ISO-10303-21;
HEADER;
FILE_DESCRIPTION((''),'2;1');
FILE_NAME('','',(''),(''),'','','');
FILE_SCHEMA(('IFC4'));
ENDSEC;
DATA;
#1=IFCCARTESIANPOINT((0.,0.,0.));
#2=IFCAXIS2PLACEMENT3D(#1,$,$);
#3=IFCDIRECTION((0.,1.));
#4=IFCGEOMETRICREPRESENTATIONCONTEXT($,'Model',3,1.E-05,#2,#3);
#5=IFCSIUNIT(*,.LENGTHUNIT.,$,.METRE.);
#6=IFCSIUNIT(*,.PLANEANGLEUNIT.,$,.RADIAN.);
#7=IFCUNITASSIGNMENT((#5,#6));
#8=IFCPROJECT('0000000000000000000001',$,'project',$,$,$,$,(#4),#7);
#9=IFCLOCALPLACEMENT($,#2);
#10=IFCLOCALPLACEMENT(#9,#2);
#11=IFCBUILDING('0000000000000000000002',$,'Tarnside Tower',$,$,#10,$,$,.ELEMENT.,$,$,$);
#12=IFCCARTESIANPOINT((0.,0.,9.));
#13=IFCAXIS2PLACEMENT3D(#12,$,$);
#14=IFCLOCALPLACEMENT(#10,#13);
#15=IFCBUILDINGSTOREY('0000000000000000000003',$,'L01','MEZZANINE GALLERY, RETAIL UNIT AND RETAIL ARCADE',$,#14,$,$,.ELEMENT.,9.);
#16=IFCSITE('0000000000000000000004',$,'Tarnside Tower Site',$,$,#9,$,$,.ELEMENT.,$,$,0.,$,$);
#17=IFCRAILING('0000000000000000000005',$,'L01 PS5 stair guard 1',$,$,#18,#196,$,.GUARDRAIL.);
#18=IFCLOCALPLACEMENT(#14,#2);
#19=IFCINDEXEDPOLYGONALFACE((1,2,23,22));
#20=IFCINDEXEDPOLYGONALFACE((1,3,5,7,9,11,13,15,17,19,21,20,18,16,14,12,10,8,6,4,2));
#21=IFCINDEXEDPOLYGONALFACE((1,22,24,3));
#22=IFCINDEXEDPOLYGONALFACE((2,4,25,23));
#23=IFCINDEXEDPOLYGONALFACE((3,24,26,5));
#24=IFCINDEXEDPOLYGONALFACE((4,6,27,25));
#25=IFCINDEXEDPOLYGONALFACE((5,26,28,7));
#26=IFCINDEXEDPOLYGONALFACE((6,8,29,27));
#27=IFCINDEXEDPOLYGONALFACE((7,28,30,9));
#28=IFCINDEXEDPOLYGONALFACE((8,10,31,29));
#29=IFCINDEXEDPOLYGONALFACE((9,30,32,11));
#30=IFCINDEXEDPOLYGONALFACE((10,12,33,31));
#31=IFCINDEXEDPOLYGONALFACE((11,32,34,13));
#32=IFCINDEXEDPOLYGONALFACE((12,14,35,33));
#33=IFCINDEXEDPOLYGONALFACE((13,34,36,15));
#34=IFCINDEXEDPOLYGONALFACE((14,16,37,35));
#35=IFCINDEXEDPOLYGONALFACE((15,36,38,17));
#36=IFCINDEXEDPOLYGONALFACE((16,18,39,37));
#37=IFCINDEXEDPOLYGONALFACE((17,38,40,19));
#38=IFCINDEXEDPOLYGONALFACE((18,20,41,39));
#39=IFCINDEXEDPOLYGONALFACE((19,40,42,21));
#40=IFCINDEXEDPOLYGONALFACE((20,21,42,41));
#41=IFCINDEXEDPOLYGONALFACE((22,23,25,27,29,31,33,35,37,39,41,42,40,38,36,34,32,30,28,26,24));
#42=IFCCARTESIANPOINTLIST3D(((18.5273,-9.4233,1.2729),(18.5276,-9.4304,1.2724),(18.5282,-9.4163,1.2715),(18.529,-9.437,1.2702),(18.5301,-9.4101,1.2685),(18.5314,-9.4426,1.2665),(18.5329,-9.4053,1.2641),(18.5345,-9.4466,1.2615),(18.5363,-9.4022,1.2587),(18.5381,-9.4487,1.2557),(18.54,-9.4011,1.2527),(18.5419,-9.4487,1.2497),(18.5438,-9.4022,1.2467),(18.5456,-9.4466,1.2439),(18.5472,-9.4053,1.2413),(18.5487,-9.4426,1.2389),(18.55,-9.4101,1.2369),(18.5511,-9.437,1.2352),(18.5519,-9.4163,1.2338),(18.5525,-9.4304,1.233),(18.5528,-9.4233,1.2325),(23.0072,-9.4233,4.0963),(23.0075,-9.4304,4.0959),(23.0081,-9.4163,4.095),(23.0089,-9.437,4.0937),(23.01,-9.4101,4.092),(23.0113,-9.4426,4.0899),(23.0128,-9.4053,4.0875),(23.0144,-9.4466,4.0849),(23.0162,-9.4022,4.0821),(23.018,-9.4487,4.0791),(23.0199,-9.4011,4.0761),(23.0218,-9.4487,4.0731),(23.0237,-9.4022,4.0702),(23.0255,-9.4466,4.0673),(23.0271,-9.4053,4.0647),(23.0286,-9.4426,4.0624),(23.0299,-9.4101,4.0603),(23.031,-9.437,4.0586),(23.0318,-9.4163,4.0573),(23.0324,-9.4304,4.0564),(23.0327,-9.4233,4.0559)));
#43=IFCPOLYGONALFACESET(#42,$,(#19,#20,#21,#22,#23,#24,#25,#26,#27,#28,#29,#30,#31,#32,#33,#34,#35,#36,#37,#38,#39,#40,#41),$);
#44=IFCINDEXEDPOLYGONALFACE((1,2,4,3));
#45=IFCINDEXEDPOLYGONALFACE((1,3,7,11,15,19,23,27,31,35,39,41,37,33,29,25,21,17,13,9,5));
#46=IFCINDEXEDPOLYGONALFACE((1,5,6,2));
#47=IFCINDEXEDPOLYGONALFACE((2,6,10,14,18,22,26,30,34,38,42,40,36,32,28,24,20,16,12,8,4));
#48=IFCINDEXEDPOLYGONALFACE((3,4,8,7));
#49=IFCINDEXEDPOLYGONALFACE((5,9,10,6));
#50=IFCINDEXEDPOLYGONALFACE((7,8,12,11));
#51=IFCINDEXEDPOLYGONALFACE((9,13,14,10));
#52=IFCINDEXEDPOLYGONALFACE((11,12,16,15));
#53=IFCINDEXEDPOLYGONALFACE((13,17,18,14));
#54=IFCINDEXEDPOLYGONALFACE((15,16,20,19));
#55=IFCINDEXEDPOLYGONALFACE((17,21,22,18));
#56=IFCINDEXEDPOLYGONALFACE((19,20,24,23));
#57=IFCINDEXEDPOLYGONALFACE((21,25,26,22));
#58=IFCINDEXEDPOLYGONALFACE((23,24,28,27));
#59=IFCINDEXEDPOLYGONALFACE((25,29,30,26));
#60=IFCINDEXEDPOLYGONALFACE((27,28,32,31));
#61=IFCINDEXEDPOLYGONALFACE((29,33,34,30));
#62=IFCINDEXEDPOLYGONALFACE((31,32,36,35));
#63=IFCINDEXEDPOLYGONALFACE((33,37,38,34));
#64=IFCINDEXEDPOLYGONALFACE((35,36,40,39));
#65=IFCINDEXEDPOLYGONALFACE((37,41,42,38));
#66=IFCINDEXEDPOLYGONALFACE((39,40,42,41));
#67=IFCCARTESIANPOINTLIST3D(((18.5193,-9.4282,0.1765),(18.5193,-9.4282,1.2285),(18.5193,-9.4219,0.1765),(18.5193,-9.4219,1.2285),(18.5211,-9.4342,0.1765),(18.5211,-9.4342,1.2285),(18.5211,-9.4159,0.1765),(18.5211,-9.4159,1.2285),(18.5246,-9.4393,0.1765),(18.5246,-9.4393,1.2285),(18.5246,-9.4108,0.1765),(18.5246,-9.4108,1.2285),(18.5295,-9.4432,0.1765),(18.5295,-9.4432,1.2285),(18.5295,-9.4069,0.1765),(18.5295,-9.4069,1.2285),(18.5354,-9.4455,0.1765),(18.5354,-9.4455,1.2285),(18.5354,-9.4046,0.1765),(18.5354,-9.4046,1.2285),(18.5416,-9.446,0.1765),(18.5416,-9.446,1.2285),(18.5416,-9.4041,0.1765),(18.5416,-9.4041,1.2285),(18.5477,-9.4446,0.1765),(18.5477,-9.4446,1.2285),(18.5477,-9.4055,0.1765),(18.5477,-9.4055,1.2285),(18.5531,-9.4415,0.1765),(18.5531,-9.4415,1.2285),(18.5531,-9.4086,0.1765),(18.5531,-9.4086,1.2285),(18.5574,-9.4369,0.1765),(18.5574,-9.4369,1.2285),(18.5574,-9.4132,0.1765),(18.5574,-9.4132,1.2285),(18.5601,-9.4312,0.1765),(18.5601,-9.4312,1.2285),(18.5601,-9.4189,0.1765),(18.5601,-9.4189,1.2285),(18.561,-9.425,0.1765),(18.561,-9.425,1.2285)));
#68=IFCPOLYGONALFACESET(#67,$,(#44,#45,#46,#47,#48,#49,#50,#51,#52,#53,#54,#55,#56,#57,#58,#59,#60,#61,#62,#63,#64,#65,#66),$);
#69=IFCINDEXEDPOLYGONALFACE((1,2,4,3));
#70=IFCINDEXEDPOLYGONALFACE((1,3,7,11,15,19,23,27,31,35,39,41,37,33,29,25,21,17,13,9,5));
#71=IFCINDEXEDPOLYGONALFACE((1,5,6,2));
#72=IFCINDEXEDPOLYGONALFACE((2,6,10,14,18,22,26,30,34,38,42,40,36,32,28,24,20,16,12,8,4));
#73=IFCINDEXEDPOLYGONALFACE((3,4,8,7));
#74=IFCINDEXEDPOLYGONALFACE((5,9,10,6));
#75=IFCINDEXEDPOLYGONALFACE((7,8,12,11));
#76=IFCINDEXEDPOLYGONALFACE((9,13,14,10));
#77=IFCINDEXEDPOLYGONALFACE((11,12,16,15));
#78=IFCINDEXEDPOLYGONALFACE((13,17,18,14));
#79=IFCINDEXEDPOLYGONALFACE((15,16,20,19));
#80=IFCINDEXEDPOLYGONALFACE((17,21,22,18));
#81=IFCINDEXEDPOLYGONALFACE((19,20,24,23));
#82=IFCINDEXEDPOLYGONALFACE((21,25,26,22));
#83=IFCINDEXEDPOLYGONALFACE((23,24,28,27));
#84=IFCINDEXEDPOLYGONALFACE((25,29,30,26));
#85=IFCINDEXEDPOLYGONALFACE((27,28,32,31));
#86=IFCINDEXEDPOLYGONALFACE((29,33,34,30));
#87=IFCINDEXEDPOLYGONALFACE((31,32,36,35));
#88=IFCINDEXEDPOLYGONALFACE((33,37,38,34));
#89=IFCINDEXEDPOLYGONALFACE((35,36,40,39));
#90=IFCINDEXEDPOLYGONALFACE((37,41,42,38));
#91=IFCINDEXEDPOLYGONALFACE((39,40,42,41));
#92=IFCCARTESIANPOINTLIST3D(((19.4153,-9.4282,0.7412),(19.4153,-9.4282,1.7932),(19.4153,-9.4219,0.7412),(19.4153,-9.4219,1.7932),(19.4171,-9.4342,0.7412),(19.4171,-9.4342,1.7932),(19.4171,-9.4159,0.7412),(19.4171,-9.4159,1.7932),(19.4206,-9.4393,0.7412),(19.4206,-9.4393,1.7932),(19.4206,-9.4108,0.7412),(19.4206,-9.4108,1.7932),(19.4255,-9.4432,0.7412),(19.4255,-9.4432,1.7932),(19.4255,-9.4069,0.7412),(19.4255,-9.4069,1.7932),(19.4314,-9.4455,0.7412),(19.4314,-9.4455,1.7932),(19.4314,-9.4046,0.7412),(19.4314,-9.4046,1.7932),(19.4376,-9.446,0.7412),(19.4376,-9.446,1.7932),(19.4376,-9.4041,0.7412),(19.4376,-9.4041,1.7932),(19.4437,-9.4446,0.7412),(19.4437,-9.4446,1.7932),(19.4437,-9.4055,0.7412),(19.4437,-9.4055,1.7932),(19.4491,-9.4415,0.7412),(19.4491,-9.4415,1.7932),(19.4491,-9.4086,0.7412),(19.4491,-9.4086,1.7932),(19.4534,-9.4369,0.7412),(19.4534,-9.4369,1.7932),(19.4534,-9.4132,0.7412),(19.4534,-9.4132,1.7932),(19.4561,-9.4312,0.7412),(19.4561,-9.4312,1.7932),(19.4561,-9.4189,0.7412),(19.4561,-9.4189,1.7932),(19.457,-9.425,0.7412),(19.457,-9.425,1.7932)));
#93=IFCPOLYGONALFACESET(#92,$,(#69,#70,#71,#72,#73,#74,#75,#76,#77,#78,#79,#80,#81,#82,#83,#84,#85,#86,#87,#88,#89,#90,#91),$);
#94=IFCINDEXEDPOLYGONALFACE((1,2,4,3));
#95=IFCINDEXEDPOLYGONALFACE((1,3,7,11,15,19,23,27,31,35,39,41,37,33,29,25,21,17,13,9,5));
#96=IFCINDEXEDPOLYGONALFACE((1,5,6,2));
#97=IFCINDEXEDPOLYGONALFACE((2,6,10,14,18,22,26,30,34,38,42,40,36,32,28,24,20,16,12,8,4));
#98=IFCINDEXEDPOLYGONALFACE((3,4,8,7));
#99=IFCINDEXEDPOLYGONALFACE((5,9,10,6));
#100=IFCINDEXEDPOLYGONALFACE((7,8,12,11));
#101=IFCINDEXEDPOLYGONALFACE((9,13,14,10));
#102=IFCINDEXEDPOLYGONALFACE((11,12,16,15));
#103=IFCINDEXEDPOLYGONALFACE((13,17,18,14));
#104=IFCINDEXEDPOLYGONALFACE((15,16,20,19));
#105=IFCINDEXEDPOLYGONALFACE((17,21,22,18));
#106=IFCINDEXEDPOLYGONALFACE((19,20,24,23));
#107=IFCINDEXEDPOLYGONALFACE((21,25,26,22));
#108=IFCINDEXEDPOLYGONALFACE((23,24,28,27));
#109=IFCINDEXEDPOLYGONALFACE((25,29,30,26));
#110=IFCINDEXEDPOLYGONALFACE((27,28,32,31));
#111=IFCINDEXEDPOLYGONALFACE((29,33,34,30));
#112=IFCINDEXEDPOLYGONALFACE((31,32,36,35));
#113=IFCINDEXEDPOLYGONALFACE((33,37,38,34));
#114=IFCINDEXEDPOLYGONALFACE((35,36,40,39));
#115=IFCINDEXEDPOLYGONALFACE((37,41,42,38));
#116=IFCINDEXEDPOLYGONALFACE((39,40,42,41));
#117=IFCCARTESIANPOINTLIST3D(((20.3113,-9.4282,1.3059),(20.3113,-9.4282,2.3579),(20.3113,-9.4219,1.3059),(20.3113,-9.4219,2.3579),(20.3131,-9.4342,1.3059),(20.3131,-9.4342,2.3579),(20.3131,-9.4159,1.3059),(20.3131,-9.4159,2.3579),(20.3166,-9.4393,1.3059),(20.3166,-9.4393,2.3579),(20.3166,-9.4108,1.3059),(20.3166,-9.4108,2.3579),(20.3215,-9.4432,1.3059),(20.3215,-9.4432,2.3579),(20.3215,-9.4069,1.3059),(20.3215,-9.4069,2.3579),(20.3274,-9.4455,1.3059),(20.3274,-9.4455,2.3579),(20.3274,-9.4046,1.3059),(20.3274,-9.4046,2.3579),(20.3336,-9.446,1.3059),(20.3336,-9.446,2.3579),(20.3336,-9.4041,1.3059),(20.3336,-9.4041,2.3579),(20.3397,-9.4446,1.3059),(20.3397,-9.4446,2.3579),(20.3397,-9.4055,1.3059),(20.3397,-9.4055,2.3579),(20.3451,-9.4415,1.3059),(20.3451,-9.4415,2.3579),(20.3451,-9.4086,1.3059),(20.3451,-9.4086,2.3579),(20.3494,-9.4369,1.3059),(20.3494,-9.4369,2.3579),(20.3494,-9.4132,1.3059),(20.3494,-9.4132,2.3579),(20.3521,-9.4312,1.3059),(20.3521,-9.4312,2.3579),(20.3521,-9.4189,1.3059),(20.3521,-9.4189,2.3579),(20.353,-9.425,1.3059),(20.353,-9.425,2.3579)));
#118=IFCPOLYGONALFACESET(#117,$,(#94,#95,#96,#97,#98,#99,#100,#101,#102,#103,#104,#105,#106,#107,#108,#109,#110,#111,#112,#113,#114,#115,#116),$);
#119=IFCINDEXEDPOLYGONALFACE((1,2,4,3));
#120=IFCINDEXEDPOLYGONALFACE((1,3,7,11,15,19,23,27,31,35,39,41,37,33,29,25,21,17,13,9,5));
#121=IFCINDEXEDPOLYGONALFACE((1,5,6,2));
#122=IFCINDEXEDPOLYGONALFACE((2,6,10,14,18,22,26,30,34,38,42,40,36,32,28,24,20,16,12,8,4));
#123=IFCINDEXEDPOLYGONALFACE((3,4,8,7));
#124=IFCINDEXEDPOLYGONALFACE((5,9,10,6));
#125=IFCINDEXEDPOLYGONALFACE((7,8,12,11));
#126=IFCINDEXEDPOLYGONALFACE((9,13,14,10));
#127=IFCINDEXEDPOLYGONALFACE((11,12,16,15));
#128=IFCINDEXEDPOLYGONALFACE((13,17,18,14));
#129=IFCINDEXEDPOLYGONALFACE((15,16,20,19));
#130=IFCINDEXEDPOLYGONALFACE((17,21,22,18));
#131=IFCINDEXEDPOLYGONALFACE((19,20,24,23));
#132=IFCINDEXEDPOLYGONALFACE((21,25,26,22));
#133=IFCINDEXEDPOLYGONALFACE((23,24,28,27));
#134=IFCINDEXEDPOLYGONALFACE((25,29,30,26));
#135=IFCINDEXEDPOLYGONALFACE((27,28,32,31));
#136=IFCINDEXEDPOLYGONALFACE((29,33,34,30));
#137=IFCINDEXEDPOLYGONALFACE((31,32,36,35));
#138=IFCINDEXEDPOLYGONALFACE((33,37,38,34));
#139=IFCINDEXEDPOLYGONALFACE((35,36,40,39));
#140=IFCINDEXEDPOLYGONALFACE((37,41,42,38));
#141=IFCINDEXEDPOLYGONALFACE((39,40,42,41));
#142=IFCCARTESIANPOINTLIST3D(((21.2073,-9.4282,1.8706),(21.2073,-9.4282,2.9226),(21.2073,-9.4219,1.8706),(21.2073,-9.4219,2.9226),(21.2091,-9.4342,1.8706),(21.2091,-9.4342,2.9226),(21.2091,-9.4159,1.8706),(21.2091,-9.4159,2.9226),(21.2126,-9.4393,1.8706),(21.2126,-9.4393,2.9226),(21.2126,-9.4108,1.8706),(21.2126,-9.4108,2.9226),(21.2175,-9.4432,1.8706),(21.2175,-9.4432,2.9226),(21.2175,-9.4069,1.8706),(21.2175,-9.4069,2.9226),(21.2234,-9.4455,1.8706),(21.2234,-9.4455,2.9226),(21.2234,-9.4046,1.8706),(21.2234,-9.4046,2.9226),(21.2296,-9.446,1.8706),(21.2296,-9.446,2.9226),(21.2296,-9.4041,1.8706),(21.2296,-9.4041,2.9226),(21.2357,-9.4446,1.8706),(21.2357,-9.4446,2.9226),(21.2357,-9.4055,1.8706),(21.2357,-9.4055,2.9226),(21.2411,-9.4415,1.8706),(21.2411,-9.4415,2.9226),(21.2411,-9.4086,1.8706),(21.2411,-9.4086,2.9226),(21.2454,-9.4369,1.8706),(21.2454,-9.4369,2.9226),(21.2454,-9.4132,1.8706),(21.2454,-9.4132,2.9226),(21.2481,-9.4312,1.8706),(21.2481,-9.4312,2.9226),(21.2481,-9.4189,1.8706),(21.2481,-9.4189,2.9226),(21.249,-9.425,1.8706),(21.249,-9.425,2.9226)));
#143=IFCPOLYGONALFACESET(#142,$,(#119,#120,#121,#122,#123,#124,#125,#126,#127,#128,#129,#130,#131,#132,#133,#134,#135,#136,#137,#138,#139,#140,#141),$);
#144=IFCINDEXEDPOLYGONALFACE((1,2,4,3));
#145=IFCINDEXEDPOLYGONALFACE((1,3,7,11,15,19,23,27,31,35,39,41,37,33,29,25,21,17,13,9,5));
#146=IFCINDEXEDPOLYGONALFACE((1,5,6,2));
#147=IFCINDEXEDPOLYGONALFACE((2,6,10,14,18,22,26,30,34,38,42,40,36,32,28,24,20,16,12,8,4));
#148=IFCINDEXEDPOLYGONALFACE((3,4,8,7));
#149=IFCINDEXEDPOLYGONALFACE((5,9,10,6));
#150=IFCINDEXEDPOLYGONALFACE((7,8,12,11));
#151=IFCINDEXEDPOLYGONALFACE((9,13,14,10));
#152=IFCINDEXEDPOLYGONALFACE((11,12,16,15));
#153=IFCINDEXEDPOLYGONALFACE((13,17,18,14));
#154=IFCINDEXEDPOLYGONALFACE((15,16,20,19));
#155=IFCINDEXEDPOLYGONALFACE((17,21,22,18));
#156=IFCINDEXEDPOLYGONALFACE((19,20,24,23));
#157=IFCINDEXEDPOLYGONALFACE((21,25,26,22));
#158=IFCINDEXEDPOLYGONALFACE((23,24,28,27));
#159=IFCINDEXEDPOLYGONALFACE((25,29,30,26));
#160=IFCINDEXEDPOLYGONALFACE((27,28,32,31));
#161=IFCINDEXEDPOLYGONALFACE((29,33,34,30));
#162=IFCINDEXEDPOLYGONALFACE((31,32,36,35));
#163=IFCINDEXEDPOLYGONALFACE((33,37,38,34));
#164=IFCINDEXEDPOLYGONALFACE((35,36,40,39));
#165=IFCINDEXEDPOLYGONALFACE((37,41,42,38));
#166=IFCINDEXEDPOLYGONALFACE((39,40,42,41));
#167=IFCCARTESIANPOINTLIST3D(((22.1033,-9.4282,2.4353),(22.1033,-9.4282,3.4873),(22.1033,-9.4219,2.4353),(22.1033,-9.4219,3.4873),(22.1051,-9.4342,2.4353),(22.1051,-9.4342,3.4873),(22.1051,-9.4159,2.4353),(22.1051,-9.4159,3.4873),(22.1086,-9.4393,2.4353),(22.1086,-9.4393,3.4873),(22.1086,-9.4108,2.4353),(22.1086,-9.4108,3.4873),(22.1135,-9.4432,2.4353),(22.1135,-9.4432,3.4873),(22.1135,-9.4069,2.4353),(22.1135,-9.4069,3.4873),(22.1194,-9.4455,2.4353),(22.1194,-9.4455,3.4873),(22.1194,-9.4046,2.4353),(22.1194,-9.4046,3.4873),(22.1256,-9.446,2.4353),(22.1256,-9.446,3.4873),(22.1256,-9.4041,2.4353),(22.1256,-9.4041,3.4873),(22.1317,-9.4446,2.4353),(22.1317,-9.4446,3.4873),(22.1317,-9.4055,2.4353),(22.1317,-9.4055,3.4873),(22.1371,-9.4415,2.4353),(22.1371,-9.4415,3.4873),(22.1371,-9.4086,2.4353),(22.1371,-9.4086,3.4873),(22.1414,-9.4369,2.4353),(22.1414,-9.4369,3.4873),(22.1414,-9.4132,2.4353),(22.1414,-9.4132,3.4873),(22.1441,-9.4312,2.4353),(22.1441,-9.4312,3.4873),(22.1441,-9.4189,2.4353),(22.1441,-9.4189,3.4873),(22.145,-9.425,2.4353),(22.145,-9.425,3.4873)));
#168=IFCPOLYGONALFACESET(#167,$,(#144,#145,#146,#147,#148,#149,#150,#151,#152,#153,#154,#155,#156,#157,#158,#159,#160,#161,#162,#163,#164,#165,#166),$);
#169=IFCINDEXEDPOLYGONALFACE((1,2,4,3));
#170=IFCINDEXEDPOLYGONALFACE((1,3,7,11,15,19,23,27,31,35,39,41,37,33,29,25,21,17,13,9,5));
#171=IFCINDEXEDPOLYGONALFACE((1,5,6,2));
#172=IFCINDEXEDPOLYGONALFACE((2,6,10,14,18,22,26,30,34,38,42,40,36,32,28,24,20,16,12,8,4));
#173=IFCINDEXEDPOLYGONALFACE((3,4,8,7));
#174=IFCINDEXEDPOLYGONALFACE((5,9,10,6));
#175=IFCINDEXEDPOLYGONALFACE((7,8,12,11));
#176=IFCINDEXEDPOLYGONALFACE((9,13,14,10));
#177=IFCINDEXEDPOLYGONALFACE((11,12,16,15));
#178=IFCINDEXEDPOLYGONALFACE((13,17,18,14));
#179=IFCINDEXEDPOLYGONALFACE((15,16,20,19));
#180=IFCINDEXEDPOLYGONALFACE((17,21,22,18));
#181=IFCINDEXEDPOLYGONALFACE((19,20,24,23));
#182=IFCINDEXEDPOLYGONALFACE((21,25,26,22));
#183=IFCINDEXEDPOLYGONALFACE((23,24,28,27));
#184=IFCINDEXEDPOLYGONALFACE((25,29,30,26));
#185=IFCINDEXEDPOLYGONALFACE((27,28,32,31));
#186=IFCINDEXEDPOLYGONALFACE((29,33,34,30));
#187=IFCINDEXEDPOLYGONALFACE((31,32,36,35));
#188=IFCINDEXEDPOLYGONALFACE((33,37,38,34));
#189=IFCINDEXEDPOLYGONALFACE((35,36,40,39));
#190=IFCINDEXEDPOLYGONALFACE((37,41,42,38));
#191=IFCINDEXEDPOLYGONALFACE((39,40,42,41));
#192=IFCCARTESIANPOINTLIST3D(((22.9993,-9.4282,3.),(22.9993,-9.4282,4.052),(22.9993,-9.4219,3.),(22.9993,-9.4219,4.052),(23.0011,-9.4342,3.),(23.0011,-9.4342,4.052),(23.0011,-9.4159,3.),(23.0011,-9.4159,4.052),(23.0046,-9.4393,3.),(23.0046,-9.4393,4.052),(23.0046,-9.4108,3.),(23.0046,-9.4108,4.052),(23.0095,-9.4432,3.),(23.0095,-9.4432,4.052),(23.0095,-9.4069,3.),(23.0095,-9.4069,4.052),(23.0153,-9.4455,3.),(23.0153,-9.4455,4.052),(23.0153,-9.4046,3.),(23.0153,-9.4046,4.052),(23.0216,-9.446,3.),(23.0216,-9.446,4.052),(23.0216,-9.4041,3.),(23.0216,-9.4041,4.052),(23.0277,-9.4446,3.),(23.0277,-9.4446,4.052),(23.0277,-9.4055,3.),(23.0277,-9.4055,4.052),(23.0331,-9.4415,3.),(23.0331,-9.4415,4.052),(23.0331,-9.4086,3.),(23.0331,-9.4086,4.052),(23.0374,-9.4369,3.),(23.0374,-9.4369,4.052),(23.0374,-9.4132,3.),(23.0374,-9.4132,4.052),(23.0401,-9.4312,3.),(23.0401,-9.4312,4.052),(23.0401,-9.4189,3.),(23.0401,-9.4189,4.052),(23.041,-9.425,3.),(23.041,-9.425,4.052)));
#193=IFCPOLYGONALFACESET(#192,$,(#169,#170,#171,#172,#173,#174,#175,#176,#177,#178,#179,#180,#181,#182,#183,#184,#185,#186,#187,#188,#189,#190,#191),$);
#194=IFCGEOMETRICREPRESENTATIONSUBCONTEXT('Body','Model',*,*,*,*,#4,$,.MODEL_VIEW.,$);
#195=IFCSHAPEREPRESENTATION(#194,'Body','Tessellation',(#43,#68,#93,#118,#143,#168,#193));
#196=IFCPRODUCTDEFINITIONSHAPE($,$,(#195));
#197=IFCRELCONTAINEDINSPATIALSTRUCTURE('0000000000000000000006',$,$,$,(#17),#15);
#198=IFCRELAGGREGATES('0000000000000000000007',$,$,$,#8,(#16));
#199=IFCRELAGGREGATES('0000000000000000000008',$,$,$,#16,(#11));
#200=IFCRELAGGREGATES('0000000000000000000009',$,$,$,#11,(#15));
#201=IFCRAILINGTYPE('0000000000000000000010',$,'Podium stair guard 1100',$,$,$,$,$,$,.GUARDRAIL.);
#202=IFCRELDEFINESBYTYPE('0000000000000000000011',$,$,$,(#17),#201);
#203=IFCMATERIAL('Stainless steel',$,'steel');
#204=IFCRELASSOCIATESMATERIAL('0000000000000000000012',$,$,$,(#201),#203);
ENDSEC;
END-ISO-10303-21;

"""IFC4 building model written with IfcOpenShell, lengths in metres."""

from ifc_helpers import new_model, si_unit, direction, frame, origin, origin_2d, place, context, subcontext, project, spatial, circle, extrude, material, type_object, element, save


model = new_model("IFC4")

# Units and contexts
model_context = context("Model", 3, precision=1e-05, world=origin(), true_north=direction((0.0, 1.0)))
body_context = subcontext(model_context, "Body", "Model", "MODEL_VIEW")
ifc_project = project(units=[si_unit("LENGTHUNIT", "METRE"), si_unit("PLANEANGLEUNIT", "RADIAN")], contexts=[model_context])

# Site, building, storey
site_placement = place(None, origin())
site = spatial("IfcSite", under=ifc_project, at=site_placement, Name="Tarnside Tower Site", CompositionType="ELEMENT", RefElevation=0.0)
building_placement = place(site_placement, origin())
building = spatial("IfcBuilding", under=site, at=building_placement, Name="Tarnside Tower", CompositionType="ELEMENT")
storey_placement = place(building_placement, frame((0.0, 0.0, 9.0)))
storey = spatial("IfcBuildingStorey", under=building, at=storey_placement, Name="L01", Description="MEZZANINE GALLERY, RETAIL UNIT AND RETAIL ARCADE", CompositionType="ELEMENT", Elevation=9.0)

# Railing
ifc_material_1 = material(Name="Stainless steel", Category="steel")
railing_type_1 = type_object("IfcRailingType", Name="Podium stair guard 1100", PredefinedType="GUARDRAIL", material=ifc_material_1)
railing_1_placement = place(storey_placement, frame((18.54, -9.425, 0.1765)))
element("IfcRailing", 1, at=railing_1_placement, inside=storey, type_object=railing_type_1, Name="L01 PS5 stair guard 1", PredefinedType="GUARDRAIL", context=body_context, shape_type="SweptSolid", body=[
    extrude(circle(Radius=0.0239, at=origin_2d()), frame((0.0, 0.0, 1.0762), z_axis=(0.845998, 0.0, 0.533186), x_axis=(0.0, 1.0, 0.0)), (0.0, 0.0, 1.0), 5.2954),
    extrude(circle(Radius=0.021, at=origin_2d()), origin(), (0.0, 0.0, 1.0), 1.052),
    extrude(circle(Radius=0.021, at=origin_2d()), frame((0.896, 0.0, 0.5647)), (0.0, 0.0, 1.0), 1.052),
    extrude(circle(Radius=0.021, at=origin_2d()), frame((1.792, 0.0, 1.1294)), (0.0, 0.0, 1.0), 1.052),
    extrude(circle(Radius=0.021, at=origin_2d()), frame((2.688, 0.0, 1.6941)), (0.0, 0.0, 1.0), 1.052),
    extrude(circle(Radius=0.021, at=origin_2d()), frame((3.584, 0.0, 2.2588)), (0.0, 0.0, 1.0), 1.052),
    extrude(circle(Radius=0.021, at=origin_2d()), frame((4.48, 0.0, 2.8235)), (0.0, 0.0, 1.0), 1.052),
])

save(model, "model.ifc")
